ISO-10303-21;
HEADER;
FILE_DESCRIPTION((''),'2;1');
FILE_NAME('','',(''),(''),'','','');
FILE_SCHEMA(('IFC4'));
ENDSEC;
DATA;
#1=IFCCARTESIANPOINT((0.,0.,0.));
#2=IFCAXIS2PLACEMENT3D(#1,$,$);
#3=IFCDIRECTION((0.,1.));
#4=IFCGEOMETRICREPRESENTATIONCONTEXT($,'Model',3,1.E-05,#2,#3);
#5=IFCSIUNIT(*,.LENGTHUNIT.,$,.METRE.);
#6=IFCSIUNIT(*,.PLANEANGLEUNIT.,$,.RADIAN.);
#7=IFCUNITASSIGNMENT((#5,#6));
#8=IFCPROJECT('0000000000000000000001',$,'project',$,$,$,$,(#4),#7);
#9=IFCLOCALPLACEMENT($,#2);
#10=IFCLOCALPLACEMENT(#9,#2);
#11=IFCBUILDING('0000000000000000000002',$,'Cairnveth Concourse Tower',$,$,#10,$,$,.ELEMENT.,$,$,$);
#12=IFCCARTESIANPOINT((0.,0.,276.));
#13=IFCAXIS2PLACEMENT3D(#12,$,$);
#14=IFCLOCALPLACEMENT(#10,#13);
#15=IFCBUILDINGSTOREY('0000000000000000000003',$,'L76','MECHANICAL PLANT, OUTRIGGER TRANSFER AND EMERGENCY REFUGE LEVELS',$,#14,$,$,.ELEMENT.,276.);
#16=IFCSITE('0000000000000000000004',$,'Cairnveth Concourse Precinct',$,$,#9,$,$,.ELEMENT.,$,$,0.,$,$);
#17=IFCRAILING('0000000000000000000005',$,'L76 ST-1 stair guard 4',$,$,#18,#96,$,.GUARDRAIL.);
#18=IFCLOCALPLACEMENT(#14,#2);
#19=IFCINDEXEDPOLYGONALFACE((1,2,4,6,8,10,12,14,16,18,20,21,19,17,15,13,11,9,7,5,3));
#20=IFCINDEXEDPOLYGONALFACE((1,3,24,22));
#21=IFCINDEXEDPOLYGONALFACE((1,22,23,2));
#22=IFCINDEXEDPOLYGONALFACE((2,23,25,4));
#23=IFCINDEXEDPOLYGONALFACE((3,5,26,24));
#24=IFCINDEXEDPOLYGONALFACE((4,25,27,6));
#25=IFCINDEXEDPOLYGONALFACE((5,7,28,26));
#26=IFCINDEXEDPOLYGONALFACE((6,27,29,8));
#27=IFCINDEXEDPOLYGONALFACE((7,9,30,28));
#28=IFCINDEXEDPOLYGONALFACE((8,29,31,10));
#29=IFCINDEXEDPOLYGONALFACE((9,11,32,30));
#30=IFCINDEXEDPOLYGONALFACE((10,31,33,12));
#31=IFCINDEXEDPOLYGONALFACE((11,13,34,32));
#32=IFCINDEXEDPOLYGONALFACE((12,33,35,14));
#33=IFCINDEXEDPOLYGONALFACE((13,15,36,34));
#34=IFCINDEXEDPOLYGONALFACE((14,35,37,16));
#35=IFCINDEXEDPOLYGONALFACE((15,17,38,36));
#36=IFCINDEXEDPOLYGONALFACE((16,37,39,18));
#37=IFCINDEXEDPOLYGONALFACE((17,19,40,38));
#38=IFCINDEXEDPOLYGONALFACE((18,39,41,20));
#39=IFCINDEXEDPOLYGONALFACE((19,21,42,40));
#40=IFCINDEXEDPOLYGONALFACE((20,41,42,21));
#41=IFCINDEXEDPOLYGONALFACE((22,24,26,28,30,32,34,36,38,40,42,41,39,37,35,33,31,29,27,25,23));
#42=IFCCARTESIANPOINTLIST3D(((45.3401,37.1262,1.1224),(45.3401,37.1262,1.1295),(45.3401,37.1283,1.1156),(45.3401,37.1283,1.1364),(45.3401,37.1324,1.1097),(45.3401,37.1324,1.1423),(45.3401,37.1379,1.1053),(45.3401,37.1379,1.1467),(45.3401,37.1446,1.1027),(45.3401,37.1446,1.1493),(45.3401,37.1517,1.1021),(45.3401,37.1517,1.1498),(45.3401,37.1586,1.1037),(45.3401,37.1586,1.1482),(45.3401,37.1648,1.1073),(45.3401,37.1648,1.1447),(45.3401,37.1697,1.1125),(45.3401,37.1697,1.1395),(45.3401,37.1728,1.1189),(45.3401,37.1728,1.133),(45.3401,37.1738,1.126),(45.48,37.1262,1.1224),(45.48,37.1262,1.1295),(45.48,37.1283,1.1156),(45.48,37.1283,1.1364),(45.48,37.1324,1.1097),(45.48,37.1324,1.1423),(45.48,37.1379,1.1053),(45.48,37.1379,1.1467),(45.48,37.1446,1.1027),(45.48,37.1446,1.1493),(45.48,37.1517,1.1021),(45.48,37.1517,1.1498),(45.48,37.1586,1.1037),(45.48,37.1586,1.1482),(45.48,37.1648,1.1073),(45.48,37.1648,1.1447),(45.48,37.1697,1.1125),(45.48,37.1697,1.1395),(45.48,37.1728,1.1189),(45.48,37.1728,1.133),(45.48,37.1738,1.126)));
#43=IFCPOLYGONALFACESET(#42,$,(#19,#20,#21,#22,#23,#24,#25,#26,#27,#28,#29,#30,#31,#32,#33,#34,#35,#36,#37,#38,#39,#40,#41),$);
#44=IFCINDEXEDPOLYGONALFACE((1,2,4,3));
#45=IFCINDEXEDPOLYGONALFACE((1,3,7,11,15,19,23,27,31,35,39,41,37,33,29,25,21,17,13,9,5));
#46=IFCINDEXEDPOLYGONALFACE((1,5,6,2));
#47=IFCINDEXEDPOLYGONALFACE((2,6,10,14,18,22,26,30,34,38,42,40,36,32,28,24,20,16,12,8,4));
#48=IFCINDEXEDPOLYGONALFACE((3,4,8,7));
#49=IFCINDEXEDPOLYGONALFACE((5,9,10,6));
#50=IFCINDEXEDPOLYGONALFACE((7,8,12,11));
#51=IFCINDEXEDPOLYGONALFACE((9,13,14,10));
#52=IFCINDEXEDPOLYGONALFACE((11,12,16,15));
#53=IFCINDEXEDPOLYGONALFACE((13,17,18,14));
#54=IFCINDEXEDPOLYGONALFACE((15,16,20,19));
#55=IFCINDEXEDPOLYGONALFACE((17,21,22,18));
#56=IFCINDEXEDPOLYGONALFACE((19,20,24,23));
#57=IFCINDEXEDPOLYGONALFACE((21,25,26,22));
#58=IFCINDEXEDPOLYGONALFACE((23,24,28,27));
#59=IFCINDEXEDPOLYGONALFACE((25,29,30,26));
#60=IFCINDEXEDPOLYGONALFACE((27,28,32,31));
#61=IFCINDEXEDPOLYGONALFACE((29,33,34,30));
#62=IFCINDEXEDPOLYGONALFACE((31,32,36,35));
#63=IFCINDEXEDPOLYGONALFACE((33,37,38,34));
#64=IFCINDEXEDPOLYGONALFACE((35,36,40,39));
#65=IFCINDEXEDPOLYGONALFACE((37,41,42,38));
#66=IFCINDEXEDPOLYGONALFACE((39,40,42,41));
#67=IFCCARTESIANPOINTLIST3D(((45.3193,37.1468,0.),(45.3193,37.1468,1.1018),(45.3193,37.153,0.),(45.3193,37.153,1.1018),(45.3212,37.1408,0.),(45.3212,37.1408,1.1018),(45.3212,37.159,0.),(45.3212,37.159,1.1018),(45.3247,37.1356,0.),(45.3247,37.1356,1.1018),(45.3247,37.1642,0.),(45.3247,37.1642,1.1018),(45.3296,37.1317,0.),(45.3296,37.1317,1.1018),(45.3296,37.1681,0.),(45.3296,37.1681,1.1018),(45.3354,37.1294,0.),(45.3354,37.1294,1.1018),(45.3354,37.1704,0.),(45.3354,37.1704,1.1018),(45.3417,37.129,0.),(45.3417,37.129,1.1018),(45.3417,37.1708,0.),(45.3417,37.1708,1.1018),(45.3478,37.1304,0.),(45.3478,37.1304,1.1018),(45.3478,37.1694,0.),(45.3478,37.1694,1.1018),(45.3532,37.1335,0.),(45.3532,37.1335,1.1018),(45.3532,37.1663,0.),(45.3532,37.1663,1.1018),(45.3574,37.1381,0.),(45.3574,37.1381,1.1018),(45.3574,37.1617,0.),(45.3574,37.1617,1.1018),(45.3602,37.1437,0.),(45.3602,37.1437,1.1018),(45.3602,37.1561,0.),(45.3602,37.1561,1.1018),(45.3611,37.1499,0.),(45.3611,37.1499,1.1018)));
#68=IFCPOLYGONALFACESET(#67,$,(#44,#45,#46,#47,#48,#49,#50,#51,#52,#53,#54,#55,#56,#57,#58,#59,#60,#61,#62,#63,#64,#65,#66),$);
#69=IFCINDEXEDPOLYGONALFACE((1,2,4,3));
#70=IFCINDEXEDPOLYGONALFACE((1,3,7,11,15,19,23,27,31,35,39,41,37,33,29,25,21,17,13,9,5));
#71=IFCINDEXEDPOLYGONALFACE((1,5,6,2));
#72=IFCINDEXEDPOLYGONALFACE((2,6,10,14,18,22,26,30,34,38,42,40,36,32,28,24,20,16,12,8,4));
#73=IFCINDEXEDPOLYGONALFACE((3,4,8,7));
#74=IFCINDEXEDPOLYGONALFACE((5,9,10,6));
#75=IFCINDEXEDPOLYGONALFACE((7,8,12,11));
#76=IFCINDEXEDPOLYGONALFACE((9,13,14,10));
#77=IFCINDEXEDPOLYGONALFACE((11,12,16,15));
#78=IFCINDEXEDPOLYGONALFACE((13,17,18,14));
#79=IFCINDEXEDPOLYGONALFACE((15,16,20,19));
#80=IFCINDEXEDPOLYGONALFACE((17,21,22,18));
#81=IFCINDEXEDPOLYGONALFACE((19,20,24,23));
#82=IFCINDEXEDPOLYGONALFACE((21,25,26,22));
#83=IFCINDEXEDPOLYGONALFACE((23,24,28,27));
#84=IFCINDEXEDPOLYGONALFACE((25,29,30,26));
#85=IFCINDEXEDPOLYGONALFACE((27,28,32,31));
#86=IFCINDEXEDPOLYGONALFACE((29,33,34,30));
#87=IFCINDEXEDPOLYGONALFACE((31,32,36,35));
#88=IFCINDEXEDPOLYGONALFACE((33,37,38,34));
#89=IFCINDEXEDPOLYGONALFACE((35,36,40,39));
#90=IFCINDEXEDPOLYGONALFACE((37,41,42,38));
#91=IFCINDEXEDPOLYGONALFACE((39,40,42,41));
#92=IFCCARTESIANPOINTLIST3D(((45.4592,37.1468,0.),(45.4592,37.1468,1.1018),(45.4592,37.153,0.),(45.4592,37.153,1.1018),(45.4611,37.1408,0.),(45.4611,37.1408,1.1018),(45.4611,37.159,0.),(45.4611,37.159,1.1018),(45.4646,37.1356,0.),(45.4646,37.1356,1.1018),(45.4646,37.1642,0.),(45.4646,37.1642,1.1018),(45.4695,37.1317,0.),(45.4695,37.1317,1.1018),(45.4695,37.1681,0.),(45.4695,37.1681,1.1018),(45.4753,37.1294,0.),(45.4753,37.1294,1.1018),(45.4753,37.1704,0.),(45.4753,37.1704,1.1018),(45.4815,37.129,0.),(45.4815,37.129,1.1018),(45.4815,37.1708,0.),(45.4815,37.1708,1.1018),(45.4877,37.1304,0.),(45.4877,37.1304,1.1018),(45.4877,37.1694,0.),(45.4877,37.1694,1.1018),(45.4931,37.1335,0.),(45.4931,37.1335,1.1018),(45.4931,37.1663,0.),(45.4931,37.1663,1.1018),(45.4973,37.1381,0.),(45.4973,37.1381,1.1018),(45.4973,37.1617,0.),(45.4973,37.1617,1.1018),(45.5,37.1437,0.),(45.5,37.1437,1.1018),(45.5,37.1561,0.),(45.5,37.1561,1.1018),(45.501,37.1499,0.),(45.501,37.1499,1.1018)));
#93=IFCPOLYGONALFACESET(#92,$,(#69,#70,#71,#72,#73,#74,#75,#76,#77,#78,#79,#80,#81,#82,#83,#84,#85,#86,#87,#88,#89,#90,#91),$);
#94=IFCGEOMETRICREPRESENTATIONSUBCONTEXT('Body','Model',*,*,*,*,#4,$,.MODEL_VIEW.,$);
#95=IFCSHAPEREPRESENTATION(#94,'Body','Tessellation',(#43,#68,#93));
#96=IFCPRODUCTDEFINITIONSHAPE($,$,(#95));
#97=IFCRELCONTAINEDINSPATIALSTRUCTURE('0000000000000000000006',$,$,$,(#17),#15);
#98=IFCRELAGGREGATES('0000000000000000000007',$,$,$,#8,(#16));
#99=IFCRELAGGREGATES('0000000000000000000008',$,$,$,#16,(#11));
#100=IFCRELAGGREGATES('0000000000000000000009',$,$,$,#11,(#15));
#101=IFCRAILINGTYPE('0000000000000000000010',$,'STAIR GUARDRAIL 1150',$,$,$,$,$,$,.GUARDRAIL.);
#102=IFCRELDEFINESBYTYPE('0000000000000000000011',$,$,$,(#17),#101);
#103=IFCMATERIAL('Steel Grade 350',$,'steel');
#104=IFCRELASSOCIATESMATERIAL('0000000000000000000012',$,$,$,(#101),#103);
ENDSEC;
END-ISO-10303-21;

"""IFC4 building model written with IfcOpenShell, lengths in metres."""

from ifc_helpers import new_model, si_unit, direction, frame, origin, origin_2d, place, context, subcontext, project, spatial, circle, extrude, material, type_object, element, save


model = new_model("IFC4")

# Units and contexts
model_context = context("Model", 3, precision=1e-05, world=origin(), true_north=direction((0.0, 1.0)))
body_context = subcontext(model_context, "Body", "Model", "MODEL_VIEW")
ifc_project = project(units=[si_unit("LENGTHUNIT", "METRE"), si_unit("PLANEANGLEUNIT", "RADIAN")], contexts=[model_context])

# Site, building, storey
site_placement = place(None, origin())
site = spatial("IfcSite", under=ifc_project, at=site_placement, Name="Cairnveth Concourse Precinct", CompositionType="ELEMENT", RefElevation=0.0)
building_placement = place(site_placement, origin())
building = spatial("IfcBuilding", under=site, at=building_placement, Name="Cairnveth Concourse Tower", CompositionType="ELEMENT")
storey_placement = place(building_placement, frame((0.0, 0.0, 276.0)))
storey = spatial("IfcBuildingStorey", under=building, at=storey_placement, Name="L76", Description="MECHANICAL PLANT, OUTRIGGER TRANSFER AND EMERGENCY REFUGE LEVELS", CompositionType="ELEMENT", Elevation=276.0)

# Shared definitions
ifc_material_1 = material(Name="Steel Grade 350", Category="steel")

# Railing
railing_type = type_object("IfcRailingType", Name="STAIR GUARDRAIL 1150", PredefinedType="GUARDRAIL", material=ifc_material_1)
railing_1_placement = place(storey_placement, frame((45.3401, 37.1499, 0.0)))
element("IfcRailing", 1, at=railing_1_placement, inside=storey, type_object=railing_type, Name="L76 ST-1 stair guard 4", PredefinedType="GUARDRAIL", context=body_context, shape_type="SweptSolid", body=[
    extrude(circle(Radius=0.0239, at=origin_2d()), frame((0.0, 0.0, 1.126), z_axis=(1.0, 0.0, 0.0), x_axis=(0.0, 1.0, 0.0)), (0.0, 0.0, 1.0), 0.1399),
    extrude(circle(Radius=0.021, at=origin_2d()), origin(), (0.0, 0.0, 1.0), 1.1018),
    extrude(circle(Radius=0.021, at=origin_2d()), frame((0.1399, 0.0, 0.0)), (0.0, 0.0, 1.0), 1.1018),
])

save(model, "model.ifc")
